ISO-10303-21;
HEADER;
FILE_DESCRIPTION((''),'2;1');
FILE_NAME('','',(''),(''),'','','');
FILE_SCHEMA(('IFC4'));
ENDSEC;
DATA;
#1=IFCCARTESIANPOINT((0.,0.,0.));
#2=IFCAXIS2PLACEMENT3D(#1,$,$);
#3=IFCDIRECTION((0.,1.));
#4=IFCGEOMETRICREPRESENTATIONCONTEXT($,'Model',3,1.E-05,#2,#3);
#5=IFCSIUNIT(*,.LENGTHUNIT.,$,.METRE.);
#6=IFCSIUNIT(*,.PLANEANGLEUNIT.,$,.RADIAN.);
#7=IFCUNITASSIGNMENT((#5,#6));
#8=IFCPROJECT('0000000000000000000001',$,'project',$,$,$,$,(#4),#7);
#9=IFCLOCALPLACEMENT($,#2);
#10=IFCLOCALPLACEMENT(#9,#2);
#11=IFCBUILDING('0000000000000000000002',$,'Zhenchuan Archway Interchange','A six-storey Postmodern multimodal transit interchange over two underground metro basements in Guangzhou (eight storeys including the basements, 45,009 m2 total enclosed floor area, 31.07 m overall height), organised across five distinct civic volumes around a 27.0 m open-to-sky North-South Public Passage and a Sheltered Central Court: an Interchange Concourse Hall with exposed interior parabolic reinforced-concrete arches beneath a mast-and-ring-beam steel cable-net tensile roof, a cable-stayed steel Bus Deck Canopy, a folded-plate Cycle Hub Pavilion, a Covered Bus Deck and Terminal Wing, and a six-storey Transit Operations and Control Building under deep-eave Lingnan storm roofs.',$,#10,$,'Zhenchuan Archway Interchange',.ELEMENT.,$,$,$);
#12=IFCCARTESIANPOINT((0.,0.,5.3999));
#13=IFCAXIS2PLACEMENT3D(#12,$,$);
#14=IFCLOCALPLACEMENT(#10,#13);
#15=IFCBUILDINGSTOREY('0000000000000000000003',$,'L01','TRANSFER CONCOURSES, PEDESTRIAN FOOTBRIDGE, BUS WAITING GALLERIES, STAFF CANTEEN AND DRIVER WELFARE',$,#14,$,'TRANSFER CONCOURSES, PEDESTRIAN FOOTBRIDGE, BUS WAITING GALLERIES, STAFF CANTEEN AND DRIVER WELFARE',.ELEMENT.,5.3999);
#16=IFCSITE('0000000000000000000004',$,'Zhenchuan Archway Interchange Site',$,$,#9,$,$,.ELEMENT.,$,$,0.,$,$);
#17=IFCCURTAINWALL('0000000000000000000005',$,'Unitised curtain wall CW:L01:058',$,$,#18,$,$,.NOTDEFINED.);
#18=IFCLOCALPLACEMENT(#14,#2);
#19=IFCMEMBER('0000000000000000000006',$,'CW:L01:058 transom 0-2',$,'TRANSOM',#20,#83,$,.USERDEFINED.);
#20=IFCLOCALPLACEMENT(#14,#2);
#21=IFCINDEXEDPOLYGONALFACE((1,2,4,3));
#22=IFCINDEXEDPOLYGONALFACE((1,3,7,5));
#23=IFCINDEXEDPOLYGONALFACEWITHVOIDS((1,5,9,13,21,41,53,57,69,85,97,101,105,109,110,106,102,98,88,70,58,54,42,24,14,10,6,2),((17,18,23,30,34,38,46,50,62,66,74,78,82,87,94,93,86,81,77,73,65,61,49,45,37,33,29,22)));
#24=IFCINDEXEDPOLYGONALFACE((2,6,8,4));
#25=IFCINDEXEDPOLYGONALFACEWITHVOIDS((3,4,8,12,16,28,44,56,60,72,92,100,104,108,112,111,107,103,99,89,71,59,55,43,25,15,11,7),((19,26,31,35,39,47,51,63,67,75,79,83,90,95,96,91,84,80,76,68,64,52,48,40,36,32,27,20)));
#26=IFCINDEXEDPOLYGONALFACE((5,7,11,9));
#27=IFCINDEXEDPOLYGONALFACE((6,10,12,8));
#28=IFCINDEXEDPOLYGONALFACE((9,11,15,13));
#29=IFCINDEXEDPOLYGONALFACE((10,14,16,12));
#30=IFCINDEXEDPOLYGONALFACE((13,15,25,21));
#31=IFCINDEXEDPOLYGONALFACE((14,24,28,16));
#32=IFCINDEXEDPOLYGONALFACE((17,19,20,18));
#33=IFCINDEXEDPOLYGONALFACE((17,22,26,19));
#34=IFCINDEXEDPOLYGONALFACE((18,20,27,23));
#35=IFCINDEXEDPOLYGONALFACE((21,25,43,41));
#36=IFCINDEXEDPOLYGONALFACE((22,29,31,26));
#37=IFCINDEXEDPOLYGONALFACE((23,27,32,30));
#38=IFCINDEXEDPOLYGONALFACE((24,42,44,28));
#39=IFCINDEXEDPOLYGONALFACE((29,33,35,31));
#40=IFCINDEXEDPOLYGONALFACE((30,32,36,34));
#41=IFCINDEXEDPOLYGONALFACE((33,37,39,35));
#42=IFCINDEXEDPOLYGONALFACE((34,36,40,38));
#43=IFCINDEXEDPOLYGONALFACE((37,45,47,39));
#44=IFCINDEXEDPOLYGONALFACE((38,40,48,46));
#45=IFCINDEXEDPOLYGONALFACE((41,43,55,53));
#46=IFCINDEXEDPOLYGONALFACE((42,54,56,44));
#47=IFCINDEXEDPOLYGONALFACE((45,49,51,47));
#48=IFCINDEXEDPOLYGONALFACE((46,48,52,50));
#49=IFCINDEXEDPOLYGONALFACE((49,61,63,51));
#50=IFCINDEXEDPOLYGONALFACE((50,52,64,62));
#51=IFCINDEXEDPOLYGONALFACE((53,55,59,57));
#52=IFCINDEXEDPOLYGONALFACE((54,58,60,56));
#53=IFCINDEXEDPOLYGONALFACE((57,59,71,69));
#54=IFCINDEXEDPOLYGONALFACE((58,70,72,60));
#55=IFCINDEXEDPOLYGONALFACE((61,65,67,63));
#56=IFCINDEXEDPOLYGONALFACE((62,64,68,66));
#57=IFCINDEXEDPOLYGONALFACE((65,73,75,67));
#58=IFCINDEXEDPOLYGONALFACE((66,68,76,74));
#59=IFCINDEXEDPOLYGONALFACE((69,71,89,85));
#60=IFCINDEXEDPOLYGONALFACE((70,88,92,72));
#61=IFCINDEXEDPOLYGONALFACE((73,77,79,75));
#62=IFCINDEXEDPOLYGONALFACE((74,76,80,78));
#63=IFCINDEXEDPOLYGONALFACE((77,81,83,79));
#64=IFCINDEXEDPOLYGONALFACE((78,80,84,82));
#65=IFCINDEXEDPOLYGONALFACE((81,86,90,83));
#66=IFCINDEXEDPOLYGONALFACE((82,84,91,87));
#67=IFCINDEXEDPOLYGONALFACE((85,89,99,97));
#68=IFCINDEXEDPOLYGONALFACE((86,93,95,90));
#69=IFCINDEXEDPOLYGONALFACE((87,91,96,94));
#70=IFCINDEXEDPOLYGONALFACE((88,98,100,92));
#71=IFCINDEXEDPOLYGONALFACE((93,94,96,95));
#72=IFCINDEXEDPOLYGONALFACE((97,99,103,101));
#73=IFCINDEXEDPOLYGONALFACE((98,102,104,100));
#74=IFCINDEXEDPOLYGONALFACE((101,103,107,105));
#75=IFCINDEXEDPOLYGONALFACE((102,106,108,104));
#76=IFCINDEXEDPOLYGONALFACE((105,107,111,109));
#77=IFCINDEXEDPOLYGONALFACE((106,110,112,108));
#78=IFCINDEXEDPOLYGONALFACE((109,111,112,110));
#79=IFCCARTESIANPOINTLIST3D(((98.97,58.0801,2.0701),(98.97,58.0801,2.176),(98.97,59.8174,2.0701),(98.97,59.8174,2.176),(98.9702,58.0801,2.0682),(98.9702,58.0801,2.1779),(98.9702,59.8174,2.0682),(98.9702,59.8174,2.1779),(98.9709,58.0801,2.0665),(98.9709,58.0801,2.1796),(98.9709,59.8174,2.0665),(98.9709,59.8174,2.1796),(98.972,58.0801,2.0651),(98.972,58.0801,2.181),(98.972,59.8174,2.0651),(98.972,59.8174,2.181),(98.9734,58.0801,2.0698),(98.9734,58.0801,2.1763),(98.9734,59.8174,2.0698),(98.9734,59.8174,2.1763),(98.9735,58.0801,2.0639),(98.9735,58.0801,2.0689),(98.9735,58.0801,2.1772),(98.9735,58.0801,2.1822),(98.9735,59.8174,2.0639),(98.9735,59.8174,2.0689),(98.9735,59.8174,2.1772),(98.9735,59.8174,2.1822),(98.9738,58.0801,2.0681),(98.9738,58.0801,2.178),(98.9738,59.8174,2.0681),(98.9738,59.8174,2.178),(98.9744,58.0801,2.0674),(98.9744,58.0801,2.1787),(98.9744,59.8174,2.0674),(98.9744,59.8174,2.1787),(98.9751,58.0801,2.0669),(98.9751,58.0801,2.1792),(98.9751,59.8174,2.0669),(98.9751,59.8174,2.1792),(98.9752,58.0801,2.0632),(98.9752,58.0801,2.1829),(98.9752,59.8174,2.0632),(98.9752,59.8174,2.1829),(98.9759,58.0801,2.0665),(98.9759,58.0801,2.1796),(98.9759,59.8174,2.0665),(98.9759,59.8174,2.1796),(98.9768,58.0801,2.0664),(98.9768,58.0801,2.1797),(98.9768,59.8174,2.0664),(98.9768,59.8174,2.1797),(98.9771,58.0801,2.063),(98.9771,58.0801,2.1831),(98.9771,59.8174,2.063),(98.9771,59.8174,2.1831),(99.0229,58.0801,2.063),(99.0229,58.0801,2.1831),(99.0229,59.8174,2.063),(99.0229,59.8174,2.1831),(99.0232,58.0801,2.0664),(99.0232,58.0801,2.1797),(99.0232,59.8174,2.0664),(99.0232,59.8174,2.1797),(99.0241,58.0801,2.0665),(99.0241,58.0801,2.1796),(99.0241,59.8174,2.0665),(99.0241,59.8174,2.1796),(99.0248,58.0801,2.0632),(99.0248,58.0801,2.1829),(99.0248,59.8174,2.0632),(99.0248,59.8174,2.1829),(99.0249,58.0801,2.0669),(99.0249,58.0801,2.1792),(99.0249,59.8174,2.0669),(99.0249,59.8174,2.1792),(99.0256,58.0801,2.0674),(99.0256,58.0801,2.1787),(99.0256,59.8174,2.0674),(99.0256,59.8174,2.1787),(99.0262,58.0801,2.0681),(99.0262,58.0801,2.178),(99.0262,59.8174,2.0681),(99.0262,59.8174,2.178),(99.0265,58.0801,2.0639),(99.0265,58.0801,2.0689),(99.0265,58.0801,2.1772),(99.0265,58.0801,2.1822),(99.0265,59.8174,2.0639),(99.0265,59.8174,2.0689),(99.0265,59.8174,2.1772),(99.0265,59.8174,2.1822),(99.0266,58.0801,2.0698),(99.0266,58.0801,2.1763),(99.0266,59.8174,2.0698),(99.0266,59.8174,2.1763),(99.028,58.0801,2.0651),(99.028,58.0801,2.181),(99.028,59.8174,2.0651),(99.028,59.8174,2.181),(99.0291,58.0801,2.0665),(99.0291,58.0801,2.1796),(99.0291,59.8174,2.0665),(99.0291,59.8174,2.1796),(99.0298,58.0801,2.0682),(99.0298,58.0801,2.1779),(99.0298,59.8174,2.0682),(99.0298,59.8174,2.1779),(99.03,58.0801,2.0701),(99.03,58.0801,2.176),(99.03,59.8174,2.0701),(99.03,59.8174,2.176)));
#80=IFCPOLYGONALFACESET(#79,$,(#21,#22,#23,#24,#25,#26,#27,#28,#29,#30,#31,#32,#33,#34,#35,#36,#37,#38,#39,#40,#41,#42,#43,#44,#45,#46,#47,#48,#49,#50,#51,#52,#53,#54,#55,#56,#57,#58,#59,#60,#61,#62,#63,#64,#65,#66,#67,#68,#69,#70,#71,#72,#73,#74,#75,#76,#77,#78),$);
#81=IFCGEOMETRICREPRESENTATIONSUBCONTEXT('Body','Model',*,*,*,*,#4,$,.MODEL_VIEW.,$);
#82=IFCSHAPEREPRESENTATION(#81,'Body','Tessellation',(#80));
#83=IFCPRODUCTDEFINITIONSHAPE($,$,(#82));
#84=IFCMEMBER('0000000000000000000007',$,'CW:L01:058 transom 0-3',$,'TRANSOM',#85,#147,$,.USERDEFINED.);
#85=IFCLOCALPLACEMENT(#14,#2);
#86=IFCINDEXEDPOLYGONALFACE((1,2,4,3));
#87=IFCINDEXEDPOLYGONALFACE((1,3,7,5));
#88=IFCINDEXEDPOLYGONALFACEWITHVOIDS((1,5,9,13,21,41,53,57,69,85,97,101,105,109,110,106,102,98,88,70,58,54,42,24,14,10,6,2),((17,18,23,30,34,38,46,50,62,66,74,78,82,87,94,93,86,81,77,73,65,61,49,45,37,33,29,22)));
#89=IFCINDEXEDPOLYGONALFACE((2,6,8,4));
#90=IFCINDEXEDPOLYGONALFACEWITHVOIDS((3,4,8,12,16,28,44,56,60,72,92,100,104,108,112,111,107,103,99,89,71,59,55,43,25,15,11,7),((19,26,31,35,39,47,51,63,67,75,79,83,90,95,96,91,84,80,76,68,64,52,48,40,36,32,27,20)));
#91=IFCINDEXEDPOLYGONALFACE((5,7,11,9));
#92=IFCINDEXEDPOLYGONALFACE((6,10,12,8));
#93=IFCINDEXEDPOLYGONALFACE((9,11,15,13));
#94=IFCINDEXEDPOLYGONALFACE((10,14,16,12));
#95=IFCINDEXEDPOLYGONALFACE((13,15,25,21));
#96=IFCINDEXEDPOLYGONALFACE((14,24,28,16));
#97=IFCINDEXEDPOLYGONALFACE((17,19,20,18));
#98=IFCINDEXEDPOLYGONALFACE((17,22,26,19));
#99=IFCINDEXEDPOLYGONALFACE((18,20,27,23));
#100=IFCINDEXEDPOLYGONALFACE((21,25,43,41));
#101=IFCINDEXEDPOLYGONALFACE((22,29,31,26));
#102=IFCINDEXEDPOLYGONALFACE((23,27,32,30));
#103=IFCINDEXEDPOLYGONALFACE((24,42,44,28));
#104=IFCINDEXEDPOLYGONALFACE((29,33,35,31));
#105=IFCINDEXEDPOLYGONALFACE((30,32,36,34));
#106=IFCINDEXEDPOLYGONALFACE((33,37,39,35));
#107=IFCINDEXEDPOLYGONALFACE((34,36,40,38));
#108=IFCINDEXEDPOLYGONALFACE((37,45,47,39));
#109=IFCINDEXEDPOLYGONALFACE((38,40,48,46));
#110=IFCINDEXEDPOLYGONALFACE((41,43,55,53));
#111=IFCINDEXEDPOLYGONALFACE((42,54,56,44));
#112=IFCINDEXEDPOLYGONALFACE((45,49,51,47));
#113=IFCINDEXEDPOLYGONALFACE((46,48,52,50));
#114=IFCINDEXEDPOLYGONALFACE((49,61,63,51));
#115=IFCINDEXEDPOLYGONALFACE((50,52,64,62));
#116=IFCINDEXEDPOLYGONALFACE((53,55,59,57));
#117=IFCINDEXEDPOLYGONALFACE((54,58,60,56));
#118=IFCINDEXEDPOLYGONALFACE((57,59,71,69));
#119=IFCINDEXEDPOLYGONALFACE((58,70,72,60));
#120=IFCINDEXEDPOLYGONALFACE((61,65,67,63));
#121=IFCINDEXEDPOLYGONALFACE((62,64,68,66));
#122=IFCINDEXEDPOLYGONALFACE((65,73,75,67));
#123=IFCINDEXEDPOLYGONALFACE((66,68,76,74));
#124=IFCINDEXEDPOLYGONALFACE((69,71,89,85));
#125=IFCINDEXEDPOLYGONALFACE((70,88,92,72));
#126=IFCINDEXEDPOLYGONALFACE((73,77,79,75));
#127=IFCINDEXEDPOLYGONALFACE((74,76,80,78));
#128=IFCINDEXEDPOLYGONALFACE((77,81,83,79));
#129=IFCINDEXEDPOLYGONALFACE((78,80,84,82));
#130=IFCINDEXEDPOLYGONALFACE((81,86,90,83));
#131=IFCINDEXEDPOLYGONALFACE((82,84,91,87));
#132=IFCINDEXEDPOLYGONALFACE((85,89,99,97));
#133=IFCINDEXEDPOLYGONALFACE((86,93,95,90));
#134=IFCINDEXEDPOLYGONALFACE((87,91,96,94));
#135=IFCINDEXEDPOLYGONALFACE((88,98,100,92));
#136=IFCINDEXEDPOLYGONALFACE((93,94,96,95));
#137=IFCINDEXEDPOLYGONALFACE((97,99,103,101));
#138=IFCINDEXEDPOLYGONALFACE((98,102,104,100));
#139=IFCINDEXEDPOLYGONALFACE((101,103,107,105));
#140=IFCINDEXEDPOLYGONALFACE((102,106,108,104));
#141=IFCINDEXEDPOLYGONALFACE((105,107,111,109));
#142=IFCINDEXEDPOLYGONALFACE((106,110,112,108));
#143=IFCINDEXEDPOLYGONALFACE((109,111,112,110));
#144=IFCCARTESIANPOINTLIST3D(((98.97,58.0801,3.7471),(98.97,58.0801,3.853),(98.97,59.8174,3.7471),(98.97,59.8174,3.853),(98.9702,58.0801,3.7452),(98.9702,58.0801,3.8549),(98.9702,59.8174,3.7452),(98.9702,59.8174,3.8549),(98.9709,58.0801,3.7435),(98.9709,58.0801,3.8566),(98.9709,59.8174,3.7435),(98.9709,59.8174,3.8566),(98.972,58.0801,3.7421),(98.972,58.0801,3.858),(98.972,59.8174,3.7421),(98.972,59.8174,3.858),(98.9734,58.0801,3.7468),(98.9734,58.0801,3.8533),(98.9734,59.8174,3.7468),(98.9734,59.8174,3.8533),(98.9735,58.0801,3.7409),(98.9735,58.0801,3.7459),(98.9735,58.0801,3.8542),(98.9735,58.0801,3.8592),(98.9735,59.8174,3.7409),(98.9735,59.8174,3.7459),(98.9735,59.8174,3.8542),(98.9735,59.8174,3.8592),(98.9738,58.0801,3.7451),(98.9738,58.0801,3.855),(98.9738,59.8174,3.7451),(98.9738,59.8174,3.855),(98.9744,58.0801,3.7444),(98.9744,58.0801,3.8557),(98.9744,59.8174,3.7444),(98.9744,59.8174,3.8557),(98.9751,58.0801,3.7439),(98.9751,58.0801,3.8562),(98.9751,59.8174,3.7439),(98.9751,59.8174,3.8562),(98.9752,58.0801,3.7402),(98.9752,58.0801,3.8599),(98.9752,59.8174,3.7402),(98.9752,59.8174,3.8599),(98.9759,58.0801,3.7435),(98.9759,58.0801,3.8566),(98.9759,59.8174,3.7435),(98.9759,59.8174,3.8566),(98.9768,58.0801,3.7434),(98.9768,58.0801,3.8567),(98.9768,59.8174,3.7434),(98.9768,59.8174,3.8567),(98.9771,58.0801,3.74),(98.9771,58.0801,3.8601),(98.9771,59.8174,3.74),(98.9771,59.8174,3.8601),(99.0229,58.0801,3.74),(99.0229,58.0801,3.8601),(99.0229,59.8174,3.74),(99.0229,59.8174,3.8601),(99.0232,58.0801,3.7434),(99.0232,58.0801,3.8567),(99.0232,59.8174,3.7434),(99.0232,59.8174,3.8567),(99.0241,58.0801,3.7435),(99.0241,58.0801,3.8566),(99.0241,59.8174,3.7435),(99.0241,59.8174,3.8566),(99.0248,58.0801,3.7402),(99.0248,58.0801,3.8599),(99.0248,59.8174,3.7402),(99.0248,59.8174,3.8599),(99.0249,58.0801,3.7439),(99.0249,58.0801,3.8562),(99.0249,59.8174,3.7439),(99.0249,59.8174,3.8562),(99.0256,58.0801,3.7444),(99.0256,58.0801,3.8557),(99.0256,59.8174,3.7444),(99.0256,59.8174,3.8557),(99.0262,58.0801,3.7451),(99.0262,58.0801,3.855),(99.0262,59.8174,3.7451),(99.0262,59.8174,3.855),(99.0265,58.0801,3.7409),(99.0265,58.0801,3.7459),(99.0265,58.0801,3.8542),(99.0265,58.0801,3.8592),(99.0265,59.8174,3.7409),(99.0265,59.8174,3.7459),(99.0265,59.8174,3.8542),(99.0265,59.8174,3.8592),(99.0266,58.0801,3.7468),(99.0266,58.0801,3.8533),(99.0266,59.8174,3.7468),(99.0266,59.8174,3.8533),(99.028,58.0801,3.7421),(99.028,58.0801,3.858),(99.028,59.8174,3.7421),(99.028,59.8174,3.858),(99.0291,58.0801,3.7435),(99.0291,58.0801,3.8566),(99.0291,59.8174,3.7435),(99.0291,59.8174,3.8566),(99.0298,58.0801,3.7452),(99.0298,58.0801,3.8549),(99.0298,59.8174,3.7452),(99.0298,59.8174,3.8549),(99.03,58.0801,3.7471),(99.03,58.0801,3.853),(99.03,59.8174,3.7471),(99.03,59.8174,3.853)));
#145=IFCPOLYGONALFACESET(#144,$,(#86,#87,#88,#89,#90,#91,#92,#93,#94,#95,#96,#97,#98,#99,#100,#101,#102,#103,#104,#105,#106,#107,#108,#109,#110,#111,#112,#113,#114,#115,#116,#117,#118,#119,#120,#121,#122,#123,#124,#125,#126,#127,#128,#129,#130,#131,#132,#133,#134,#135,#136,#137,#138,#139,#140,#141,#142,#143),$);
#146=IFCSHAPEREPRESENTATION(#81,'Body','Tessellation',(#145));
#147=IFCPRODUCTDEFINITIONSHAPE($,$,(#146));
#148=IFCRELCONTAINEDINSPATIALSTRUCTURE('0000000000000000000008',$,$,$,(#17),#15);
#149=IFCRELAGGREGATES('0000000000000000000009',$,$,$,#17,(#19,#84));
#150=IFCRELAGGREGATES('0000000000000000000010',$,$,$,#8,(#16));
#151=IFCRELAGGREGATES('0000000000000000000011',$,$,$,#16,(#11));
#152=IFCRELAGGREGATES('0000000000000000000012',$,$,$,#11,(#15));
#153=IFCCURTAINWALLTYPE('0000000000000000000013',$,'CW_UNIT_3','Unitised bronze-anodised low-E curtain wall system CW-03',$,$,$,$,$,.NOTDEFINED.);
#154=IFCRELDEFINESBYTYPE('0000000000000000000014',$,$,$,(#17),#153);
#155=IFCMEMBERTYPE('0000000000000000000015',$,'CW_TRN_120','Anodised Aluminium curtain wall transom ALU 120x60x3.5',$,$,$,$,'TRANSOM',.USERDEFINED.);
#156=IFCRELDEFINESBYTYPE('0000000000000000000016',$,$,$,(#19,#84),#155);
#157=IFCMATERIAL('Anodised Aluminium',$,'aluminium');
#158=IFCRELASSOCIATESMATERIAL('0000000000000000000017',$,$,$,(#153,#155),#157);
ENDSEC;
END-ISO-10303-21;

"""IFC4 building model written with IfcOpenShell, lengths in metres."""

from ifc_helpers import new_model, si_unit, direction, frame, origin, origin_2d, place, context, subcontext, project, spatial, hollow_rectangle, extrude, material, material_profile, profile_set, type_object, element, aggregate, save


model = new_model("IFC4")

# Units and contexts
model_context = context("Model", 3, precision=1e-05, world=origin(), true_north=direction((0.0, 1.0)))
body_context = subcontext(model_context, "Body", "Model", "MODEL_VIEW")
ifc_project = project(units=[si_unit("LENGTHUNIT", "METRE"), si_unit("PLANEANGLEUNIT", "RADIAN")], contexts=[model_context])

# Site, building, storey
site_placement = place(None, origin())
site = spatial("IfcSite", under=ifc_project, at=site_placement, Name="Zhenchuan Archway Interchange Site", CompositionType="ELEMENT", RefElevation=0.0)
building_placement = place(site_placement, origin())
building = spatial("IfcBuilding", under=site, at=building_placement, Name="Zhenchuan Archway Interchange", Description="A six-storey Postmodern multimodal transit interchange over two underground metro basements in Guangzhou (eight storeys including the basements, 45,009 m2 total enclosed floor area, 31.07 m overall height), organised across five distinct civic volumes around a 27.0 m open-to-sky North-South Public Passage and a Sheltered Central Court: an Interchange Concourse Hall with exposed interior parabolic reinforced-concrete arches beneath a mast-and-ring-beam steel cable-net tensile roof, a cable-stayed steel Bus Deck Canopy, a folded-plate Cycle Hub Pavilion, a Covered Bus Deck and Terminal Wing, and a six-storey Transit Operations and Control Building under deep-eave Lingnan storm roofs.", LongName="Zhenchuan Archway Interchange", CompositionType="ELEMENT")
storey_placement = place(building_placement, frame((0.0, 0.0, 5.3999)))
storey = spatial("IfcBuildingStorey", under=building, at=storey_placement, Name="L01", Description="TRANSFER CONCOURSES, PEDESTRIAN FOOTBRIDGE, BUS WAITING GALLERIES, STAFF CANTEEN AND DRIVER WELFARE", LongName="TRANSFER CONCOURSES, PEDESTRIAN FOOTBRIDGE, BUS WAITING GALLERIES, STAFF CANTEEN AND DRIVER WELFARE", CompositionType="ELEMENT", Elevation=5.3999)

# Curtain wall
ifc_material_1 = material(Name="Anodised Aluminium", Category="aluminium")
curtain_wall_type_1 = type_object("IfcCurtainWallType", Name="CW_UNIT_3", Description="Unitised bronze-anodised low-E curtain wall system CW-03", PredefinedType="NOTDEFINED", material=ifc_material_1)
curtain_wall_1_placement = place(storey_placement, origin())
curtain_wall_1 = element("IfcCurtainWall", 1, at=curtain_wall_1_placement, inside=storey, type_object=curtain_wall_type_1, Name="Unitised curtain wall CW:L01:058", PredefinedType="NOTDEFINED")

# Members
ifc_material_profile_1 = material_profile(ifc_material_1, hollow_rectangle(XDim=0.0601, YDim=0.1201, WallThickness=0.0034, InnerFilletRadius=0.0034, OuterFilletRadius=0.0071, at=origin_2d()), Name="ALU 120x60x3.5")
ifc_profile_set_1 = profile_set([ifc_material_profile_1], Name="Anodised Aluminium")
member_type_1 = type_object("IfcMemberType", Name="CW_TRN_120", Description="Anodised Aluminium curtain wall transom ALU 120x60x3.5", ElementType="TRANSOM", PredefinedType="USERDEFINED", material=ifc_profile_set_1)
member_1_placement = place(storey_placement, frame((99.0, 58.0801, 2.123), z_axis=(0.0, 1.0, 0.0), x_axis=(-1.0, 0.0, 0.0)))
member_1 = element("IfcMember", 2, at=member_1_placement, type_object=member_type_1, Name="CW:L01:058 transom 0-2", ObjectType="TRANSOM", PredefinedType="USERDEFINED", context=body_context, shape_type="SweptSolid", body=[
    extrude(hollow_rectangle(XDim=0.0601, YDim=0.1201, WallThickness=0.0034, InnerFilletRadius=0.0034, OuterFilletRadius=0.0071, at=origin_2d()), origin(), (0.0, 0.0, 1.0), 1.7373),
])
member_2_placement = place(storey_placement, frame((99.0, 58.0801, 3.8), z_axis=(0.0, 1.0, 0.0), x_axis=(-1.0, 0.0, 0.0)))
member_2 = element("IfcMember", 3, at=member_2_placement, type_object=member_type_1, Name="CW:L01:058 transom 0-3", ObjectType="TRANSOM", PredefinedType="USERDEFINED", context=body_context, shape_type="SweptSolid", body=[
    extrude(hollow_rectangle(XDim=0.0601, YDim=0.1201, WallThickness=0.0034, InnerFilletRadius=0.0034, OuterFilletRadius=0.0071, at=origin_2d()), origin(), (0.0, 0.0, 1.0), 1.7373),
])

aggregate(curtain_wall_1, [member_1, member_2])

save(model, "model.ifc")
